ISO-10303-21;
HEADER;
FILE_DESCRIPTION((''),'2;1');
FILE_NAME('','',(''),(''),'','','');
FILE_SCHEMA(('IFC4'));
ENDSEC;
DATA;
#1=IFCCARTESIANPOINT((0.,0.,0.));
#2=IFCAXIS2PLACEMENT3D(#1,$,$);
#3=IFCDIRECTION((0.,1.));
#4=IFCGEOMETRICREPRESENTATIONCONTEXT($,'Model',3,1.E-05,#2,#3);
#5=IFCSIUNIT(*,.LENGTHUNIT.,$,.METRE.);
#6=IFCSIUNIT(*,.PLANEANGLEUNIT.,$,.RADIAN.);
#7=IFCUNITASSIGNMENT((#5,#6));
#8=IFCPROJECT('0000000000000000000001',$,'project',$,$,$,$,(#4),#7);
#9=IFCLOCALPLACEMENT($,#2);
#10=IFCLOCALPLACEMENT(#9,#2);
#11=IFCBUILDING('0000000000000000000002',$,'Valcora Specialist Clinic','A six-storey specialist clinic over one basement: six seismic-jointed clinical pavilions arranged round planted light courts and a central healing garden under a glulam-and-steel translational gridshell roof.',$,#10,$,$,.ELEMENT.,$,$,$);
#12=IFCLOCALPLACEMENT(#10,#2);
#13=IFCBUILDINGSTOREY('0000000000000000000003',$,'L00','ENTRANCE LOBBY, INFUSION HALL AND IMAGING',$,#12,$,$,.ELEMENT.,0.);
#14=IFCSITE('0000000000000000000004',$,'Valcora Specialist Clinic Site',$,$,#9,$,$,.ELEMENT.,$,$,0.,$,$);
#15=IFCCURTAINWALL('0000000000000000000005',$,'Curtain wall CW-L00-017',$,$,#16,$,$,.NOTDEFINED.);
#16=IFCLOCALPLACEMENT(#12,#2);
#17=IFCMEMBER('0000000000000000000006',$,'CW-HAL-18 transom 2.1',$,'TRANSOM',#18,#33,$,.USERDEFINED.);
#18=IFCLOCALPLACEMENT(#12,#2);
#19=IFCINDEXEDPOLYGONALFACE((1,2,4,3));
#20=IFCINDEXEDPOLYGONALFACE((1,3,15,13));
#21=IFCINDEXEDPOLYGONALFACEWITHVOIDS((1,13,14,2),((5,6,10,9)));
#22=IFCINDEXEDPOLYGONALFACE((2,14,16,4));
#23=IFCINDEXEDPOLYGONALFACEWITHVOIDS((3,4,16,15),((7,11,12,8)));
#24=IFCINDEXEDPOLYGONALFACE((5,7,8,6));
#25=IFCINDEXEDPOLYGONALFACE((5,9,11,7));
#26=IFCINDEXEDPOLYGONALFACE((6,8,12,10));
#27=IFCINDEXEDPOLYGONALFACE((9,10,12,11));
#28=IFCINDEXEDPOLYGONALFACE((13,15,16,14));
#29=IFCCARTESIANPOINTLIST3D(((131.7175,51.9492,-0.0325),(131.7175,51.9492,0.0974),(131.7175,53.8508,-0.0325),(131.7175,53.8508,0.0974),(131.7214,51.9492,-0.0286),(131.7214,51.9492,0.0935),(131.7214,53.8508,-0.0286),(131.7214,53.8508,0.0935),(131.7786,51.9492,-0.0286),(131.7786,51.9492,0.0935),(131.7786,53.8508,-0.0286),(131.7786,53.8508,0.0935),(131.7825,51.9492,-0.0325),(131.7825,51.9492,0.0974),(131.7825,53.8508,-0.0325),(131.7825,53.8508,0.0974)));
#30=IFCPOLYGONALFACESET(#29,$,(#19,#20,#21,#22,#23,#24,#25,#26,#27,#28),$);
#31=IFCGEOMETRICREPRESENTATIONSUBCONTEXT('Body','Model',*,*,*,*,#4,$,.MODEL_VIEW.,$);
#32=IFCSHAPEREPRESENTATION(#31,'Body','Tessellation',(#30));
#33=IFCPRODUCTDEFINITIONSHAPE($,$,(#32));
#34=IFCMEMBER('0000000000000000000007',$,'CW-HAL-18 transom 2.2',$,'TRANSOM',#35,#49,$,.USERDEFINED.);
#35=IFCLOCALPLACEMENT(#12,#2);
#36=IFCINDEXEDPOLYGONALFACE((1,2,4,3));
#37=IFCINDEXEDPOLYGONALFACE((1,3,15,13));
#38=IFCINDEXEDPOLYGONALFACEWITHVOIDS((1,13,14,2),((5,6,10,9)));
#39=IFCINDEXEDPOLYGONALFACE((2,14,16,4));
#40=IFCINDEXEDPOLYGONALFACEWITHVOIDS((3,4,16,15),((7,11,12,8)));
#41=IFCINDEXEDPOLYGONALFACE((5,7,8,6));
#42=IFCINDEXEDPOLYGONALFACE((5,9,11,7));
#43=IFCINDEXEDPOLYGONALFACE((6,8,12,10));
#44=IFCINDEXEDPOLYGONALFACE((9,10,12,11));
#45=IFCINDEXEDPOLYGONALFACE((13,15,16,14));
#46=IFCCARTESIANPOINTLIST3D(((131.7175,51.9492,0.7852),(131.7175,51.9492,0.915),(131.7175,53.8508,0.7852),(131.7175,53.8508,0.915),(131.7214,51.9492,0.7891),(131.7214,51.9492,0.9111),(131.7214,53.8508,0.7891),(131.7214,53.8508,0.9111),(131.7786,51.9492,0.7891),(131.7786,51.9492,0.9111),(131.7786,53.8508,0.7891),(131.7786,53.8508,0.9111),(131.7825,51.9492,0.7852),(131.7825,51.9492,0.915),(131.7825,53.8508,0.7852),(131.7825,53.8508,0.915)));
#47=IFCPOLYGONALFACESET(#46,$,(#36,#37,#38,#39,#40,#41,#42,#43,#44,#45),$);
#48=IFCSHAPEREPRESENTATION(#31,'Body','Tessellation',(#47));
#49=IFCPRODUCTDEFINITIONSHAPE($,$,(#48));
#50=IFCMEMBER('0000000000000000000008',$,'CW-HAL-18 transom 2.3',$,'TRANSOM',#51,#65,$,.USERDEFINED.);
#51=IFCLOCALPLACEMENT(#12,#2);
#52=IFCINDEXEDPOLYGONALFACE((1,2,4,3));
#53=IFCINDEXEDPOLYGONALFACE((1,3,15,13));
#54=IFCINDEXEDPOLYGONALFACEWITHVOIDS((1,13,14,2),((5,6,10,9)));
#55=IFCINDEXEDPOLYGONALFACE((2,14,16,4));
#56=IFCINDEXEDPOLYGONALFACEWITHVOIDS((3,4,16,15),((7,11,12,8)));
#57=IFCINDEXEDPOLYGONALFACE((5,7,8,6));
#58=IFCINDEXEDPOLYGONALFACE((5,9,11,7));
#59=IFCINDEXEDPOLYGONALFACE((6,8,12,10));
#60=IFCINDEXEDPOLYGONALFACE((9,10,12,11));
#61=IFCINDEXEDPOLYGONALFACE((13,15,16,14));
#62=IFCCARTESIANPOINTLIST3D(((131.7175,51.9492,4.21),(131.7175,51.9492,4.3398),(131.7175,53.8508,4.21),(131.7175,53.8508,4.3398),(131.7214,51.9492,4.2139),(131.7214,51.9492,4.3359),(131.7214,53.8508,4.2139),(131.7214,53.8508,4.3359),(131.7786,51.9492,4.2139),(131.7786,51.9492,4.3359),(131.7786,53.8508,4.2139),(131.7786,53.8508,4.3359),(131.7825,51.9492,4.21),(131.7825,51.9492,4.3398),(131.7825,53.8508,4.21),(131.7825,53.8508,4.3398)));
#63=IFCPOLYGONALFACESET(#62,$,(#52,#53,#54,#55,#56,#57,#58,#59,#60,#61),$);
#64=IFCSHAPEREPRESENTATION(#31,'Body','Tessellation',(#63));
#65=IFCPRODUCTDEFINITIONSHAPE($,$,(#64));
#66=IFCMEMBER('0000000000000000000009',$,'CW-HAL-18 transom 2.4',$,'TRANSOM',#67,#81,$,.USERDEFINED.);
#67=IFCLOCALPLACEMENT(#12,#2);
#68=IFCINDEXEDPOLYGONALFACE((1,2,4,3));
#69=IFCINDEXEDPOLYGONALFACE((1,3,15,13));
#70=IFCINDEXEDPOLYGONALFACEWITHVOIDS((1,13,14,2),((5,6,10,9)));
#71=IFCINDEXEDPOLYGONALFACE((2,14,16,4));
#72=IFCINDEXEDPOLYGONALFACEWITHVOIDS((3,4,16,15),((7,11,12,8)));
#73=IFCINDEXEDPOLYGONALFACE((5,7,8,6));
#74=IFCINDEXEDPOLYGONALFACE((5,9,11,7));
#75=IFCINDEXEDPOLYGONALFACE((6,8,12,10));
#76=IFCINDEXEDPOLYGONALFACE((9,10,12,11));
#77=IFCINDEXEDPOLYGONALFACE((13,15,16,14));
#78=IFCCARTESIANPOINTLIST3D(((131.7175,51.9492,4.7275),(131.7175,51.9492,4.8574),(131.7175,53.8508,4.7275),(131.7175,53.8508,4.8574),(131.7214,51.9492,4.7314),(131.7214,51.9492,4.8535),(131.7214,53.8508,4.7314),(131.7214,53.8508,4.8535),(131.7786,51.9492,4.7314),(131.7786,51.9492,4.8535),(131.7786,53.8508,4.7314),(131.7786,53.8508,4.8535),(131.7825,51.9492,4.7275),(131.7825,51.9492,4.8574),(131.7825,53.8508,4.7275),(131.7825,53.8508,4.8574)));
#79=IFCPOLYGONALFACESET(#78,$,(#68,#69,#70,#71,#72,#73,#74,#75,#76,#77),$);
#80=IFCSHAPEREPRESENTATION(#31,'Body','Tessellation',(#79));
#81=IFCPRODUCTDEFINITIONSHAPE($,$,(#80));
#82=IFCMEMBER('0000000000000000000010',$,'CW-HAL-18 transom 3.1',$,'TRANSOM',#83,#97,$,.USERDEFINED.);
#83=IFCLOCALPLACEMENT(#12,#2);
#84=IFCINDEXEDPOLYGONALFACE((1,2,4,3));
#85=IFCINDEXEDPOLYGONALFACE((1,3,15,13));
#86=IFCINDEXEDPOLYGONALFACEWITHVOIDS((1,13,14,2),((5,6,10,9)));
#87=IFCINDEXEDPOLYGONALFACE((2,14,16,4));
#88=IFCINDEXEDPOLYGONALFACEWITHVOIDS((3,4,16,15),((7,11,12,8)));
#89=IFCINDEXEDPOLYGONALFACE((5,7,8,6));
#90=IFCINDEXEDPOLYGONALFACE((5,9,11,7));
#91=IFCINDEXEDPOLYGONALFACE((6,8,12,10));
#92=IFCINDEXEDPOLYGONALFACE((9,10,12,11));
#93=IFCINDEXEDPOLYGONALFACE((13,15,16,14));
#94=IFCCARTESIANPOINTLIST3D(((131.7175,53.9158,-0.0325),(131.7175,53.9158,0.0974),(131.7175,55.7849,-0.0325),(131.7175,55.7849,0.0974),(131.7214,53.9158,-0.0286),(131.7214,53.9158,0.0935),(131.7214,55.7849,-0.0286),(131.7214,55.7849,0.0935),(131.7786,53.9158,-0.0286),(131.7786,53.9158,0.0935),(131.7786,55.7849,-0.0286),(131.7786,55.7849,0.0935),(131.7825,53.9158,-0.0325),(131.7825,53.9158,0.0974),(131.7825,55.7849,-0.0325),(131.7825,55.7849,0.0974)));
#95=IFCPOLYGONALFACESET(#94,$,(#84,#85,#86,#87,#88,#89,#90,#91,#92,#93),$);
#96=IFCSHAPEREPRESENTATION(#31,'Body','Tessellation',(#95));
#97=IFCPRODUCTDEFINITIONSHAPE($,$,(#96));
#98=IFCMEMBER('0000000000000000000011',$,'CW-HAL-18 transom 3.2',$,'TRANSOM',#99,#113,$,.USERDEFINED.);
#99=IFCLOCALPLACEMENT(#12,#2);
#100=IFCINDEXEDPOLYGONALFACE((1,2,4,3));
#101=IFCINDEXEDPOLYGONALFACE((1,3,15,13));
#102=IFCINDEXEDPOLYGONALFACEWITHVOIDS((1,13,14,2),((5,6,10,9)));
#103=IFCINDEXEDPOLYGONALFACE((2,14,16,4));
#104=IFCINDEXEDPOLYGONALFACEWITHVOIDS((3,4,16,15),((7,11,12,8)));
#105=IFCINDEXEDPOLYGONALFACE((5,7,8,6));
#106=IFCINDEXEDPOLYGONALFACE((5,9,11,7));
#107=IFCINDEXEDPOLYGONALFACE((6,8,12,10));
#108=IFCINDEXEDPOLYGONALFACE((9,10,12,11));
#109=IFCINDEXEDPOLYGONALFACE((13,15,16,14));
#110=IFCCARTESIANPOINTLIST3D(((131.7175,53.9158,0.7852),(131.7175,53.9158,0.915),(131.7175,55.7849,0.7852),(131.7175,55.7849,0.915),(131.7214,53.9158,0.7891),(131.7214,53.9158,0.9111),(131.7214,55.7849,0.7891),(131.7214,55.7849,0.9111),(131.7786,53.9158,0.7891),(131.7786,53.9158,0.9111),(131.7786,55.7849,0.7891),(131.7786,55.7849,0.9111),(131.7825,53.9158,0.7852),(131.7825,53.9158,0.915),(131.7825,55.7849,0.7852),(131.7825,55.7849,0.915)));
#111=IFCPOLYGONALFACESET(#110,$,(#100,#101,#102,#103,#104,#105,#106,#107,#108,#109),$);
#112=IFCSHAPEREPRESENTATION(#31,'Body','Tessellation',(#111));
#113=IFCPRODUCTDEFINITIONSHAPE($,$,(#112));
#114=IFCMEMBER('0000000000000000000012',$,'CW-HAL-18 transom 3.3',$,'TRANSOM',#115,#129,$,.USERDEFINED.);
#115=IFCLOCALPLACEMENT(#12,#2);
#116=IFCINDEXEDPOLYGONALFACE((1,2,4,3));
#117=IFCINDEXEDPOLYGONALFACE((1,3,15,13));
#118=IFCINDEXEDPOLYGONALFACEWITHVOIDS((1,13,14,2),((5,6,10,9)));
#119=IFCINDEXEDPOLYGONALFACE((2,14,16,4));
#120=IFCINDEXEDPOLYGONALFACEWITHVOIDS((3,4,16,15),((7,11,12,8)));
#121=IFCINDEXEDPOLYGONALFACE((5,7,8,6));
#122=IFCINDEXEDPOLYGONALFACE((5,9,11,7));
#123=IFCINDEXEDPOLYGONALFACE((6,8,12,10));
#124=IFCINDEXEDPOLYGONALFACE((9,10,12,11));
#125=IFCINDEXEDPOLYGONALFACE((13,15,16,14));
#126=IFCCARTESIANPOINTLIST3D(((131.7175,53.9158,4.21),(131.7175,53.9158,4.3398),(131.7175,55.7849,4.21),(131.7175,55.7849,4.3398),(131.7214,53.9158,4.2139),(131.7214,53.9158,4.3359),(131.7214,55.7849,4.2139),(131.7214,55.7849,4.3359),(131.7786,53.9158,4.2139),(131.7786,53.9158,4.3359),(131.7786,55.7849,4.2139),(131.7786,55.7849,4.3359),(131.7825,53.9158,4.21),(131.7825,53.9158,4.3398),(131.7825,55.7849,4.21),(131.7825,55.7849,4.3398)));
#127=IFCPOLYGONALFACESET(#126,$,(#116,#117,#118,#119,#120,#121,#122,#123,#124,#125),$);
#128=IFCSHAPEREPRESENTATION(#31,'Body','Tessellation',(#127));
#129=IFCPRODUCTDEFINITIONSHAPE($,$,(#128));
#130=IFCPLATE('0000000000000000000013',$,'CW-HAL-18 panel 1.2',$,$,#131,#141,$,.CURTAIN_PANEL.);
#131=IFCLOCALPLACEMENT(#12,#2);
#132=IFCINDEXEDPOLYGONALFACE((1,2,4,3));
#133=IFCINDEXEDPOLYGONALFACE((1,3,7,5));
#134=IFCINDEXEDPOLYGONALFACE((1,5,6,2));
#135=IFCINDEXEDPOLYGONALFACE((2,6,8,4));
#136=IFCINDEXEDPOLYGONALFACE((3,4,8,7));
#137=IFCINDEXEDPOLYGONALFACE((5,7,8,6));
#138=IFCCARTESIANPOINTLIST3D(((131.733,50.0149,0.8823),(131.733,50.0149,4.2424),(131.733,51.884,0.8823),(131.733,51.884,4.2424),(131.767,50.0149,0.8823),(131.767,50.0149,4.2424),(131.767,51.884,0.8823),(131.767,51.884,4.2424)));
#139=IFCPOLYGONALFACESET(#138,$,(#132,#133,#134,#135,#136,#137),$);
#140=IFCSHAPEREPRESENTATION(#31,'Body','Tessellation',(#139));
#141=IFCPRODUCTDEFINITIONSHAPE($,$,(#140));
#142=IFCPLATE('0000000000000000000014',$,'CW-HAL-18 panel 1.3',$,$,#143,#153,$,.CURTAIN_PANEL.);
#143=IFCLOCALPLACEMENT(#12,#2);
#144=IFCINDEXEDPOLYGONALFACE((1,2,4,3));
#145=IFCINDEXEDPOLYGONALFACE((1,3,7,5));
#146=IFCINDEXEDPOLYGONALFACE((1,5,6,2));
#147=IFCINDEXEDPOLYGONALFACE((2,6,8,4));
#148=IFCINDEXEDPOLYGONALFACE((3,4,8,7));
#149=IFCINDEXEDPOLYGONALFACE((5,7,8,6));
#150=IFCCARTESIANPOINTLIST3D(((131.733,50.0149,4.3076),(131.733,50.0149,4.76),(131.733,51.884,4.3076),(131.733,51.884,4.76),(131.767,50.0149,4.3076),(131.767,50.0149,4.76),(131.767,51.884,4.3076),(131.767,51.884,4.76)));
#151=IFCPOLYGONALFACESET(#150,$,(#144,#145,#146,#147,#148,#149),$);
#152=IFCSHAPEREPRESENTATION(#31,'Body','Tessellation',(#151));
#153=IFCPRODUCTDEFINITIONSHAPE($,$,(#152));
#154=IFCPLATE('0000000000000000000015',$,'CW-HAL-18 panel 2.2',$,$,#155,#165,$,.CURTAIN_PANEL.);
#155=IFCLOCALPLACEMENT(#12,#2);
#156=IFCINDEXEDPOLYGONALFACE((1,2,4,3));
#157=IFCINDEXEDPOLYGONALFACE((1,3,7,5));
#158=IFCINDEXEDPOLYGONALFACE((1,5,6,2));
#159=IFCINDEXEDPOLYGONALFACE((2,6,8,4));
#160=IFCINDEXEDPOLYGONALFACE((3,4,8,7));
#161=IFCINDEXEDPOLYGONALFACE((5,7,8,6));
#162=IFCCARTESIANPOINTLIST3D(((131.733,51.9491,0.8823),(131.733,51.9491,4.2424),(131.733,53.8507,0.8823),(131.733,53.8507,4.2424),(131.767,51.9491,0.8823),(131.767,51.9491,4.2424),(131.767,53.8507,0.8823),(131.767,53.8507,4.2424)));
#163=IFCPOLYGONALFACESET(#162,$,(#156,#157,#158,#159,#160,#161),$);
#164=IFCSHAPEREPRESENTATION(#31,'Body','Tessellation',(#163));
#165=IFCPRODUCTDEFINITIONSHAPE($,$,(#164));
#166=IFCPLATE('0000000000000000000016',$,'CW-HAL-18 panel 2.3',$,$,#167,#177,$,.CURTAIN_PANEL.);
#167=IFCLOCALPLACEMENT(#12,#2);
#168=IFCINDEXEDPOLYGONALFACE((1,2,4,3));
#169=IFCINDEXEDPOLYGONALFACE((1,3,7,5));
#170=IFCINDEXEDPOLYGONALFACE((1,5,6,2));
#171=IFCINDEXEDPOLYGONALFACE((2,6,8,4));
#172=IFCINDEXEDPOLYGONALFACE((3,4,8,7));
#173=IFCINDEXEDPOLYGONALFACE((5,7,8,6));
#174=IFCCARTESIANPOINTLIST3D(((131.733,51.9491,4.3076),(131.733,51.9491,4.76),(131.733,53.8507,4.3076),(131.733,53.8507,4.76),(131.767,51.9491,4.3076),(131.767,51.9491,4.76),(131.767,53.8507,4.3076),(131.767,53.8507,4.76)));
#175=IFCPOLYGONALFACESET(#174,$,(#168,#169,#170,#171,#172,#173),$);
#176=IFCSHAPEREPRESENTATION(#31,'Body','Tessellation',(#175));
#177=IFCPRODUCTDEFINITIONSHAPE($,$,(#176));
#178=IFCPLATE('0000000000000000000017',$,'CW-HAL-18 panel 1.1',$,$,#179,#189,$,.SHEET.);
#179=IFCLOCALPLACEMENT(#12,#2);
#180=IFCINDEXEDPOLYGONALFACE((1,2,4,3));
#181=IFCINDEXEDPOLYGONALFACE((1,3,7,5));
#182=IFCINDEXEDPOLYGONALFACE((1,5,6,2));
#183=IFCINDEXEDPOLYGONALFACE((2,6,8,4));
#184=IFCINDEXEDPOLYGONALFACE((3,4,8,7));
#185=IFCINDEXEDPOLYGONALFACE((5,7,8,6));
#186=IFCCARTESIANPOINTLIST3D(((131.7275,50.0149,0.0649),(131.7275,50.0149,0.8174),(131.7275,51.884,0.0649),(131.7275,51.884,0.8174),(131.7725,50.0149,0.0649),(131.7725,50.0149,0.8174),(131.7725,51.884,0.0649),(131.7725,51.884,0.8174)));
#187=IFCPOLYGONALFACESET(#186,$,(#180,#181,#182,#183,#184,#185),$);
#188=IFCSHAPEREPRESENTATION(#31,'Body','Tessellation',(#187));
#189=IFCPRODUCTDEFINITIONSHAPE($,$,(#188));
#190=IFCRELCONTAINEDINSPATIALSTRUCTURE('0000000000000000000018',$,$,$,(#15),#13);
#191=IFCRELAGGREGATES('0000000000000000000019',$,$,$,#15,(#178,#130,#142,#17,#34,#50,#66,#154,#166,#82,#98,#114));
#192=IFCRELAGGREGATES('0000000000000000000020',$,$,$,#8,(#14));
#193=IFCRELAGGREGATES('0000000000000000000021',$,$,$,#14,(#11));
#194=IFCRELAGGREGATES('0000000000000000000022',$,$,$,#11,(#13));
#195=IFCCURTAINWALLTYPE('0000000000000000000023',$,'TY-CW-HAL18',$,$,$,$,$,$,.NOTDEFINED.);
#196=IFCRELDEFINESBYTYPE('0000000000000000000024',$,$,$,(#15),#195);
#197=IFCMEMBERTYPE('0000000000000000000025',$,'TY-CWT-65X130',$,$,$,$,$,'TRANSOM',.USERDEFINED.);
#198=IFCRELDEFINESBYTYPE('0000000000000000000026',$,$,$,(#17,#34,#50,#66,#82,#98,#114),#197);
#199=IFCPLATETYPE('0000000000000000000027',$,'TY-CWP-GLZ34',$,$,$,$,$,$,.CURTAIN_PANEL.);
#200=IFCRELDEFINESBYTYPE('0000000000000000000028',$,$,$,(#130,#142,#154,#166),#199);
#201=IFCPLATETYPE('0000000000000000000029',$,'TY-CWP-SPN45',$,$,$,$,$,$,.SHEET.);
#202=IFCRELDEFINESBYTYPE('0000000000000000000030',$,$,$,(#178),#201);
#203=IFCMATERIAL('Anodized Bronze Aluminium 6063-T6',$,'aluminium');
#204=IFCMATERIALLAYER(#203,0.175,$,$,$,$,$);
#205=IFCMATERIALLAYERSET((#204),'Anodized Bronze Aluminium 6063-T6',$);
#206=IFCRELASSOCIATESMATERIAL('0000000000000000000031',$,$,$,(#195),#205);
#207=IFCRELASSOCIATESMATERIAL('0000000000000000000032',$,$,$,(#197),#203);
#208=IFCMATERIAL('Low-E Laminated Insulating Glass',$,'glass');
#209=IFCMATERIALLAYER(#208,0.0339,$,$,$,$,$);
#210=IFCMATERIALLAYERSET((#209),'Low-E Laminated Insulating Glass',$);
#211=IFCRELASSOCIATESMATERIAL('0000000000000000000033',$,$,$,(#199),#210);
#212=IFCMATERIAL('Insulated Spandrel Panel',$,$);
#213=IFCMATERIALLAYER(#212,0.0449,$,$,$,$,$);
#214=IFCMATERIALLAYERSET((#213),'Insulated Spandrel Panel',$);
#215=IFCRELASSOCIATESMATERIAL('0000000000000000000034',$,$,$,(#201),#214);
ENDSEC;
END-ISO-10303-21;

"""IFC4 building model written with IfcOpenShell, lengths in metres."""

from ifc_helpers import new_model, si_unit, direction, frame, origin, origin_2d, place, context, subcontext, project, spatial, rectangle, hollow_rectangle, extrude, material, layer, layer_set, material_profile, profile_set, type_object, element, aggregate, save


model = new_model("IFC4")

# Units and contexts
model_context = context("Model", 3, precision=1e-05, world=origin(), true_north=direction((0.0, 1.0)))
body_context = subcontext(model_context, "Body", "Model", "MODEL_VIEW")
ifc_project = project(units=[si_unit("LENGTHUNIT", "METRE"), si_unit("PLANEANGLEUNIT", "RADIAN")], contexts=[model_context])

# Site, building, storey
site_placement = place(None, origin())
site = spatial("IfcSite", under=ifc_project, at=site_placement, Name="Valcora Specialist Clinic Site", CompositionType="ELEMENT", RefElevation=0.0)
building_placement = place(site_placement, origin())
building = spatial("IfcBuilding", under=site, at=building_placement, Name="Valcora Specialist Clinic", Description="A six-storey specialist clinic over one basement: six seismic-jointed clinical pavilions arranged round planted light courts and a central healing garden under a glulam-and-steel translational gridshell roof.", CompositionType="ELEMENT")
storey_placement = place(building_placement, origin())
storey = spatial("IfcBuildingStorey", under=building, at=storey_placement, Name="L00", Description="ENTRANCE LOBBY, INFUSION HALL AND IMAGING", CompositionType="ELEMENT", Elevation=0.0)

# Shared definitions
ifc_material_1 = material(Name="Anodized Bronze Aluminium 6063-T6", Category="aluminium")
ifc_layer_1 = layer(ifc_material_1, 0.175)
ifc_layer_set_1 = layer_set([ifc_layer_1], Name="Anodized Bronze Aluminium 6063-T6")
curtain_wall_type = type_object("IfcCurtainWallType", Name="TY-CW-HAL18", PredefinedType="NOTDEFINED", material=ifc_layer_set_1)

# Curtain wall, members, plates
curtain_wall_1_placement = place(storey_placement, origin())
curtain_wall_1 = element("IfcCurtainWall", 1, at=curtain_wall_1_placement, inside=storey, type_object=curtain_wall_type, Name="Curtain wall CW-L00-017", PredefinedType="NOTDEFINED")
ifc_material_profile_1 = material_profile(ifc_material_1, hollow_rectangle(XDim=0.0649, YDim=0.1299, WallThickness=0.0039, at=origin_2d()), Name="AL-TRN-65X130")
ifc_profile_set_1 = profile_set([ifc_material_profile_1], Name="Anodized Bronze Aluminium 6063-T6")
member_type_1 = type_object("IfcMemberType", Name="TY-CWT-65X130", ElementType="TRANSOM", PredefinedType="USERDEFINED", material=ifc_profile_set_1)
member_1_placement = place(storey_placement, frame((131.75, 51.9492, 0.0325), z_axis=(0.0, 1.0, 0.0), x_axis=(-1.0, 0.0, 0.0)))
member_1 = element("IfcMember", 2, at=member_1_placement, type_object=member_type_1, Name="CW-HAL-18 transom 2.1", ObjectType="TRANSOM", PredefinedType="USERDEFINED", context=body_context, shape_type="SweptSolid", body=[
    extrude(hollow_rectangle(XDim=0.0649, YDim=0.1299, WallThickness=0.0039, at=origin_2d()), origin(), (0.0, 0.0, 1.0), 1.9016),
])
member_2_placement = place(storey_placement, frame((131.75, 51.9492, 0.8501), z_axis=(0.0, 1.0, 0.0), x_axis=(-1.0, 0.0, 0.0)))
member_2 = element("IfcMember", 3, at=member_2_placement, type_object=member_type_1, Name="CW-HAL-18 transom 2.2", ObjectType="TRANSOM", PredefinedType="USERDEFINED", context=body_context, shape_type="SweptSolid", body=[
    extrude(hollow_rectangle(XDim=0.0649, YDim=0.1299, WallThickness=0.0039, at=origin_2d()), origin(), (0.0, 0.0, 1.0), 1.9016),
])
member_3_placement = place(storey_placement, frame((131.75, 51.9492, 4.2749), z_axis=(0.0, 1.0, 0.0), x_axis=(-1.0, 0.0, 0.0)))
member_3 = element("IfcMember", 4, at=member_3_placement, type_object=member_type_1, Name="CW-HAL-18 transom 2.3", ObjectType="TRANSOM", PredefinedType="USERDEFINED", context=body_context, shape_type="SweptSolid", body=[
    extrude(hollow_rectangle(XDim=0.0649, YDim=0.1299, WallThickness=0.0039, at=origin_2d()), origin(), (0.0, 0.0, 1.0), 1.9016),
])
member_4_placement = place(storey_placement, frame((131.75, 51.9492, 4.7925), z_axis=(0.0, 1.0, 0.0), x_axis=(-1.0, 0.0, 0.0)))
member_4 = element("IfcMember", 5, at=member_4_placement, type_object=member_type_1, Name="CW-HAL-18 transom 2.4", ObjectType="TRANSOM", PredefinedType="USERDEFINED", context=body_context, shape_type="SweptSolid", body=[
    extrude(hollow_rectangle(XDim=0.0649, YDim=0.1299, WallThickness=0.0039, at=origin_2d()), origin(), (0.0, 0.0, 1.0), 1.9016),
])
member_5_placement = place(storey_placement, frame((131.75, 53.9158, 0.0325), z_axis=(0.0, 1.0, 0.0), x_axis=(-1.0, 0.0, 0.0)))
member_5 = element("IfcMember", 6, at=member_5_placement, type_object=member_type_1, Name="CW-HAL-18 transom 3.1", ObjectType="TRANSOM", PredefinedType="USERDEFINED", context=body_context, shape_type="SweptSolid", body=[
    extrude(hollow_rectangle(XDim=0.0649, YDim=0.1299, WallThickness=0.0039, at=origin_2d()), origin(), (0.0, 0.0, 1.0), 1.8691),
])
member_6_placement = place(storey_placement, frame((131.75, 53.9158, 0.8501), z_axis=(0.0, 1.0, 0.0), x_axis=(-1.0, 0.0, 0.0)))
member_6 = element("IfcMember", 7, at=member_6_placement, type_object=member_type_1, Name="CW-HAL-18 transom 3.2", ObjectType="TRANSOM", PredefinedType="USERDEFINED", context=body_context, shape_type="SweptSolid", body=[
    extrude(hollow_rectangle(XDim=0.0649, YDim=0.1299, WallThickness=0.0039, at=origin_2d()), origin(), (0.0, 0.0, 1.0), 1.8691),
])
member_7_placement = place(storey_placement, frame((131.75, 53.9158, 4.2749), z_axis=(0.0, 1.0, 0.0), x_axis=(-1.0, 0.0, 0.0)))
member_7 = element("IfcMember", 8, at=member_7_placement, type_object=member_type_1, Name="CW-HAL-18 transom 3.3", ObjectType="TRANSOM", PredefinedType="USERDEFINED", context=body_context, shape_type="SweptSolid", body=[
    extrude(hollow_rectangle(XDim=0.0649, YDim=0.1299, WallThickness=0.0039, at=origin_2d()), origin(), (0.0, 0.0, 1.0), 1.8691),
])
ifc_material_2 = material(Name="Low-E Laminated Insulating Glass", Category="glass")
ifc_layer_2 = layer(ifc_material_2, 0.0339)
ifc_layer_set_2 = layer_set([ifc_layer_2], Name="Low-E Laminated Insulating Glass")
plate_type_1 = type_object("IfcPlateType", Name="TY-CWP-GLZ34", PredefinedType="CURTAIN_PANEL", material=ifc_layer_set_2)
plate_1_placement = place(storey_placement, frame((131.75, 50.9495, 0.8823), z_axis=(0.0, 0.0, 1.0), x_axis=(0.0, 1.0, 0.0)))
plate_1 = element("IfcPlate", 9, at=plate_1_placement, type_object=plate_type_1, Name="CW-HAL-18 panel 1.2", PredefinedType="CURTAIN_PANEL", context=body_context, shape_type="SweptSolid", body=[
    extrude(rectangle(XDim=1.8691, YDim=0.0339, at=origin_2d()), origin(), (0.0, 0.0, 1.0), 3.3601),
])
plate_2_placement = place(storey_placement, frame((131.75, 50.9495, 4.3076), z_axis=(0.0, 0.0, 1.0), x_axis=(0.0, 1.0, 0.0)))
plate_2 = element("IfcPlate", 10, at=plate_2_placement, type_object=plate_type_1, Name="CW-HAL-18 panel 1.3", PredefinedType="CURTAIN_PANEL", context=body_context, shape_type="SweptSolid", body=[
    extrude(rectangle(XDim=1.8691, YDim=0.0339, at=origin_2d()), origin(), (0.0, 0.0, 1.0), 0.4524),
])
plate_3_placement = place(storey_placement, frame((131.75, 52.8999, 0.8823), z_axis=(0.0, 0.0, 1.0), x_axis=(0.0, 1.0, 0.0)))
plate_3 = element("IfcPlate", 11, at=plate_3_placement, type_object=plate_type_1, Name="CW-HAL-18 panel 2.2", PredefinedType="CURTAIN_PANEL", context=body_context, shape_type="SweptSolid", body=[
    extrude(rectangle(XDim=1.9016, YDim=0.0339, at=origin_2d()), origin(), (0.0, 0.0, 1.0), 3.3601),
])
plate_4_placement = place(storey_placement, frame((131.75, 52.8999, 4.3076), z_axis=(0.0, 0.0, 1.0), x_axis=(0.0, 1.0, 0.0)))
plate_4 = element("IfcPlate", 12, at=plate_4_placement, type_object=plate_type_1, Name="CW-HAL-18 panel 2.3", PredefinedType="CURTAIN_PANEL", context=body_context, shape_type="SweptSolid", body=[
    extrude(rectangle(XDim=1.9016, YDim=0.0339, at=origin_2d()), origin(), (0.0, 0.0, 1.0), 0.4524),
])
ifc_material_3 = material(Name="Insulated Spandrel Panel")
ifc_layer_3 = layer(ifc_material_3, 0.0449)
ifc_layer_set_3 = layer_set([ifc_layer_3], Name="Insulated Spandrel Panel")
plate_type_2 = type_object("IfcPlateType", Name="TY-CWP-SPN45", PredefinedType="SHEET", material=ifc_layer_set_3)
plate_5_placement = place(storey_placement, frame((131.75, 50.9495, 0.0649), z_axis=(0.0, 0.0, 1.0), x_axis=(0.0, 1.0, 0.0)))
plate_5 = element("IfcPlate", 13, at=plate_5_placement, type_object=plate_type_2, Name="CW-HAL-18 panel 1.1", PredefinedType="SHEET", context=body_context, shape_type="SweptSolid", body=[
    extrude(rectangle(XDim=1.8691, YDim=0.0449, at=origin_2d()), origin(), (0.0, 0.0, 1.0), 0.7524),
])
aggregate(curtain_wall_1, [plate_5, plate_1, plate_2, member_1, member_2, member_3, member_4, plate_3, plate_4, member_5, member_6, member_7])

save(model, "model.ifc")
